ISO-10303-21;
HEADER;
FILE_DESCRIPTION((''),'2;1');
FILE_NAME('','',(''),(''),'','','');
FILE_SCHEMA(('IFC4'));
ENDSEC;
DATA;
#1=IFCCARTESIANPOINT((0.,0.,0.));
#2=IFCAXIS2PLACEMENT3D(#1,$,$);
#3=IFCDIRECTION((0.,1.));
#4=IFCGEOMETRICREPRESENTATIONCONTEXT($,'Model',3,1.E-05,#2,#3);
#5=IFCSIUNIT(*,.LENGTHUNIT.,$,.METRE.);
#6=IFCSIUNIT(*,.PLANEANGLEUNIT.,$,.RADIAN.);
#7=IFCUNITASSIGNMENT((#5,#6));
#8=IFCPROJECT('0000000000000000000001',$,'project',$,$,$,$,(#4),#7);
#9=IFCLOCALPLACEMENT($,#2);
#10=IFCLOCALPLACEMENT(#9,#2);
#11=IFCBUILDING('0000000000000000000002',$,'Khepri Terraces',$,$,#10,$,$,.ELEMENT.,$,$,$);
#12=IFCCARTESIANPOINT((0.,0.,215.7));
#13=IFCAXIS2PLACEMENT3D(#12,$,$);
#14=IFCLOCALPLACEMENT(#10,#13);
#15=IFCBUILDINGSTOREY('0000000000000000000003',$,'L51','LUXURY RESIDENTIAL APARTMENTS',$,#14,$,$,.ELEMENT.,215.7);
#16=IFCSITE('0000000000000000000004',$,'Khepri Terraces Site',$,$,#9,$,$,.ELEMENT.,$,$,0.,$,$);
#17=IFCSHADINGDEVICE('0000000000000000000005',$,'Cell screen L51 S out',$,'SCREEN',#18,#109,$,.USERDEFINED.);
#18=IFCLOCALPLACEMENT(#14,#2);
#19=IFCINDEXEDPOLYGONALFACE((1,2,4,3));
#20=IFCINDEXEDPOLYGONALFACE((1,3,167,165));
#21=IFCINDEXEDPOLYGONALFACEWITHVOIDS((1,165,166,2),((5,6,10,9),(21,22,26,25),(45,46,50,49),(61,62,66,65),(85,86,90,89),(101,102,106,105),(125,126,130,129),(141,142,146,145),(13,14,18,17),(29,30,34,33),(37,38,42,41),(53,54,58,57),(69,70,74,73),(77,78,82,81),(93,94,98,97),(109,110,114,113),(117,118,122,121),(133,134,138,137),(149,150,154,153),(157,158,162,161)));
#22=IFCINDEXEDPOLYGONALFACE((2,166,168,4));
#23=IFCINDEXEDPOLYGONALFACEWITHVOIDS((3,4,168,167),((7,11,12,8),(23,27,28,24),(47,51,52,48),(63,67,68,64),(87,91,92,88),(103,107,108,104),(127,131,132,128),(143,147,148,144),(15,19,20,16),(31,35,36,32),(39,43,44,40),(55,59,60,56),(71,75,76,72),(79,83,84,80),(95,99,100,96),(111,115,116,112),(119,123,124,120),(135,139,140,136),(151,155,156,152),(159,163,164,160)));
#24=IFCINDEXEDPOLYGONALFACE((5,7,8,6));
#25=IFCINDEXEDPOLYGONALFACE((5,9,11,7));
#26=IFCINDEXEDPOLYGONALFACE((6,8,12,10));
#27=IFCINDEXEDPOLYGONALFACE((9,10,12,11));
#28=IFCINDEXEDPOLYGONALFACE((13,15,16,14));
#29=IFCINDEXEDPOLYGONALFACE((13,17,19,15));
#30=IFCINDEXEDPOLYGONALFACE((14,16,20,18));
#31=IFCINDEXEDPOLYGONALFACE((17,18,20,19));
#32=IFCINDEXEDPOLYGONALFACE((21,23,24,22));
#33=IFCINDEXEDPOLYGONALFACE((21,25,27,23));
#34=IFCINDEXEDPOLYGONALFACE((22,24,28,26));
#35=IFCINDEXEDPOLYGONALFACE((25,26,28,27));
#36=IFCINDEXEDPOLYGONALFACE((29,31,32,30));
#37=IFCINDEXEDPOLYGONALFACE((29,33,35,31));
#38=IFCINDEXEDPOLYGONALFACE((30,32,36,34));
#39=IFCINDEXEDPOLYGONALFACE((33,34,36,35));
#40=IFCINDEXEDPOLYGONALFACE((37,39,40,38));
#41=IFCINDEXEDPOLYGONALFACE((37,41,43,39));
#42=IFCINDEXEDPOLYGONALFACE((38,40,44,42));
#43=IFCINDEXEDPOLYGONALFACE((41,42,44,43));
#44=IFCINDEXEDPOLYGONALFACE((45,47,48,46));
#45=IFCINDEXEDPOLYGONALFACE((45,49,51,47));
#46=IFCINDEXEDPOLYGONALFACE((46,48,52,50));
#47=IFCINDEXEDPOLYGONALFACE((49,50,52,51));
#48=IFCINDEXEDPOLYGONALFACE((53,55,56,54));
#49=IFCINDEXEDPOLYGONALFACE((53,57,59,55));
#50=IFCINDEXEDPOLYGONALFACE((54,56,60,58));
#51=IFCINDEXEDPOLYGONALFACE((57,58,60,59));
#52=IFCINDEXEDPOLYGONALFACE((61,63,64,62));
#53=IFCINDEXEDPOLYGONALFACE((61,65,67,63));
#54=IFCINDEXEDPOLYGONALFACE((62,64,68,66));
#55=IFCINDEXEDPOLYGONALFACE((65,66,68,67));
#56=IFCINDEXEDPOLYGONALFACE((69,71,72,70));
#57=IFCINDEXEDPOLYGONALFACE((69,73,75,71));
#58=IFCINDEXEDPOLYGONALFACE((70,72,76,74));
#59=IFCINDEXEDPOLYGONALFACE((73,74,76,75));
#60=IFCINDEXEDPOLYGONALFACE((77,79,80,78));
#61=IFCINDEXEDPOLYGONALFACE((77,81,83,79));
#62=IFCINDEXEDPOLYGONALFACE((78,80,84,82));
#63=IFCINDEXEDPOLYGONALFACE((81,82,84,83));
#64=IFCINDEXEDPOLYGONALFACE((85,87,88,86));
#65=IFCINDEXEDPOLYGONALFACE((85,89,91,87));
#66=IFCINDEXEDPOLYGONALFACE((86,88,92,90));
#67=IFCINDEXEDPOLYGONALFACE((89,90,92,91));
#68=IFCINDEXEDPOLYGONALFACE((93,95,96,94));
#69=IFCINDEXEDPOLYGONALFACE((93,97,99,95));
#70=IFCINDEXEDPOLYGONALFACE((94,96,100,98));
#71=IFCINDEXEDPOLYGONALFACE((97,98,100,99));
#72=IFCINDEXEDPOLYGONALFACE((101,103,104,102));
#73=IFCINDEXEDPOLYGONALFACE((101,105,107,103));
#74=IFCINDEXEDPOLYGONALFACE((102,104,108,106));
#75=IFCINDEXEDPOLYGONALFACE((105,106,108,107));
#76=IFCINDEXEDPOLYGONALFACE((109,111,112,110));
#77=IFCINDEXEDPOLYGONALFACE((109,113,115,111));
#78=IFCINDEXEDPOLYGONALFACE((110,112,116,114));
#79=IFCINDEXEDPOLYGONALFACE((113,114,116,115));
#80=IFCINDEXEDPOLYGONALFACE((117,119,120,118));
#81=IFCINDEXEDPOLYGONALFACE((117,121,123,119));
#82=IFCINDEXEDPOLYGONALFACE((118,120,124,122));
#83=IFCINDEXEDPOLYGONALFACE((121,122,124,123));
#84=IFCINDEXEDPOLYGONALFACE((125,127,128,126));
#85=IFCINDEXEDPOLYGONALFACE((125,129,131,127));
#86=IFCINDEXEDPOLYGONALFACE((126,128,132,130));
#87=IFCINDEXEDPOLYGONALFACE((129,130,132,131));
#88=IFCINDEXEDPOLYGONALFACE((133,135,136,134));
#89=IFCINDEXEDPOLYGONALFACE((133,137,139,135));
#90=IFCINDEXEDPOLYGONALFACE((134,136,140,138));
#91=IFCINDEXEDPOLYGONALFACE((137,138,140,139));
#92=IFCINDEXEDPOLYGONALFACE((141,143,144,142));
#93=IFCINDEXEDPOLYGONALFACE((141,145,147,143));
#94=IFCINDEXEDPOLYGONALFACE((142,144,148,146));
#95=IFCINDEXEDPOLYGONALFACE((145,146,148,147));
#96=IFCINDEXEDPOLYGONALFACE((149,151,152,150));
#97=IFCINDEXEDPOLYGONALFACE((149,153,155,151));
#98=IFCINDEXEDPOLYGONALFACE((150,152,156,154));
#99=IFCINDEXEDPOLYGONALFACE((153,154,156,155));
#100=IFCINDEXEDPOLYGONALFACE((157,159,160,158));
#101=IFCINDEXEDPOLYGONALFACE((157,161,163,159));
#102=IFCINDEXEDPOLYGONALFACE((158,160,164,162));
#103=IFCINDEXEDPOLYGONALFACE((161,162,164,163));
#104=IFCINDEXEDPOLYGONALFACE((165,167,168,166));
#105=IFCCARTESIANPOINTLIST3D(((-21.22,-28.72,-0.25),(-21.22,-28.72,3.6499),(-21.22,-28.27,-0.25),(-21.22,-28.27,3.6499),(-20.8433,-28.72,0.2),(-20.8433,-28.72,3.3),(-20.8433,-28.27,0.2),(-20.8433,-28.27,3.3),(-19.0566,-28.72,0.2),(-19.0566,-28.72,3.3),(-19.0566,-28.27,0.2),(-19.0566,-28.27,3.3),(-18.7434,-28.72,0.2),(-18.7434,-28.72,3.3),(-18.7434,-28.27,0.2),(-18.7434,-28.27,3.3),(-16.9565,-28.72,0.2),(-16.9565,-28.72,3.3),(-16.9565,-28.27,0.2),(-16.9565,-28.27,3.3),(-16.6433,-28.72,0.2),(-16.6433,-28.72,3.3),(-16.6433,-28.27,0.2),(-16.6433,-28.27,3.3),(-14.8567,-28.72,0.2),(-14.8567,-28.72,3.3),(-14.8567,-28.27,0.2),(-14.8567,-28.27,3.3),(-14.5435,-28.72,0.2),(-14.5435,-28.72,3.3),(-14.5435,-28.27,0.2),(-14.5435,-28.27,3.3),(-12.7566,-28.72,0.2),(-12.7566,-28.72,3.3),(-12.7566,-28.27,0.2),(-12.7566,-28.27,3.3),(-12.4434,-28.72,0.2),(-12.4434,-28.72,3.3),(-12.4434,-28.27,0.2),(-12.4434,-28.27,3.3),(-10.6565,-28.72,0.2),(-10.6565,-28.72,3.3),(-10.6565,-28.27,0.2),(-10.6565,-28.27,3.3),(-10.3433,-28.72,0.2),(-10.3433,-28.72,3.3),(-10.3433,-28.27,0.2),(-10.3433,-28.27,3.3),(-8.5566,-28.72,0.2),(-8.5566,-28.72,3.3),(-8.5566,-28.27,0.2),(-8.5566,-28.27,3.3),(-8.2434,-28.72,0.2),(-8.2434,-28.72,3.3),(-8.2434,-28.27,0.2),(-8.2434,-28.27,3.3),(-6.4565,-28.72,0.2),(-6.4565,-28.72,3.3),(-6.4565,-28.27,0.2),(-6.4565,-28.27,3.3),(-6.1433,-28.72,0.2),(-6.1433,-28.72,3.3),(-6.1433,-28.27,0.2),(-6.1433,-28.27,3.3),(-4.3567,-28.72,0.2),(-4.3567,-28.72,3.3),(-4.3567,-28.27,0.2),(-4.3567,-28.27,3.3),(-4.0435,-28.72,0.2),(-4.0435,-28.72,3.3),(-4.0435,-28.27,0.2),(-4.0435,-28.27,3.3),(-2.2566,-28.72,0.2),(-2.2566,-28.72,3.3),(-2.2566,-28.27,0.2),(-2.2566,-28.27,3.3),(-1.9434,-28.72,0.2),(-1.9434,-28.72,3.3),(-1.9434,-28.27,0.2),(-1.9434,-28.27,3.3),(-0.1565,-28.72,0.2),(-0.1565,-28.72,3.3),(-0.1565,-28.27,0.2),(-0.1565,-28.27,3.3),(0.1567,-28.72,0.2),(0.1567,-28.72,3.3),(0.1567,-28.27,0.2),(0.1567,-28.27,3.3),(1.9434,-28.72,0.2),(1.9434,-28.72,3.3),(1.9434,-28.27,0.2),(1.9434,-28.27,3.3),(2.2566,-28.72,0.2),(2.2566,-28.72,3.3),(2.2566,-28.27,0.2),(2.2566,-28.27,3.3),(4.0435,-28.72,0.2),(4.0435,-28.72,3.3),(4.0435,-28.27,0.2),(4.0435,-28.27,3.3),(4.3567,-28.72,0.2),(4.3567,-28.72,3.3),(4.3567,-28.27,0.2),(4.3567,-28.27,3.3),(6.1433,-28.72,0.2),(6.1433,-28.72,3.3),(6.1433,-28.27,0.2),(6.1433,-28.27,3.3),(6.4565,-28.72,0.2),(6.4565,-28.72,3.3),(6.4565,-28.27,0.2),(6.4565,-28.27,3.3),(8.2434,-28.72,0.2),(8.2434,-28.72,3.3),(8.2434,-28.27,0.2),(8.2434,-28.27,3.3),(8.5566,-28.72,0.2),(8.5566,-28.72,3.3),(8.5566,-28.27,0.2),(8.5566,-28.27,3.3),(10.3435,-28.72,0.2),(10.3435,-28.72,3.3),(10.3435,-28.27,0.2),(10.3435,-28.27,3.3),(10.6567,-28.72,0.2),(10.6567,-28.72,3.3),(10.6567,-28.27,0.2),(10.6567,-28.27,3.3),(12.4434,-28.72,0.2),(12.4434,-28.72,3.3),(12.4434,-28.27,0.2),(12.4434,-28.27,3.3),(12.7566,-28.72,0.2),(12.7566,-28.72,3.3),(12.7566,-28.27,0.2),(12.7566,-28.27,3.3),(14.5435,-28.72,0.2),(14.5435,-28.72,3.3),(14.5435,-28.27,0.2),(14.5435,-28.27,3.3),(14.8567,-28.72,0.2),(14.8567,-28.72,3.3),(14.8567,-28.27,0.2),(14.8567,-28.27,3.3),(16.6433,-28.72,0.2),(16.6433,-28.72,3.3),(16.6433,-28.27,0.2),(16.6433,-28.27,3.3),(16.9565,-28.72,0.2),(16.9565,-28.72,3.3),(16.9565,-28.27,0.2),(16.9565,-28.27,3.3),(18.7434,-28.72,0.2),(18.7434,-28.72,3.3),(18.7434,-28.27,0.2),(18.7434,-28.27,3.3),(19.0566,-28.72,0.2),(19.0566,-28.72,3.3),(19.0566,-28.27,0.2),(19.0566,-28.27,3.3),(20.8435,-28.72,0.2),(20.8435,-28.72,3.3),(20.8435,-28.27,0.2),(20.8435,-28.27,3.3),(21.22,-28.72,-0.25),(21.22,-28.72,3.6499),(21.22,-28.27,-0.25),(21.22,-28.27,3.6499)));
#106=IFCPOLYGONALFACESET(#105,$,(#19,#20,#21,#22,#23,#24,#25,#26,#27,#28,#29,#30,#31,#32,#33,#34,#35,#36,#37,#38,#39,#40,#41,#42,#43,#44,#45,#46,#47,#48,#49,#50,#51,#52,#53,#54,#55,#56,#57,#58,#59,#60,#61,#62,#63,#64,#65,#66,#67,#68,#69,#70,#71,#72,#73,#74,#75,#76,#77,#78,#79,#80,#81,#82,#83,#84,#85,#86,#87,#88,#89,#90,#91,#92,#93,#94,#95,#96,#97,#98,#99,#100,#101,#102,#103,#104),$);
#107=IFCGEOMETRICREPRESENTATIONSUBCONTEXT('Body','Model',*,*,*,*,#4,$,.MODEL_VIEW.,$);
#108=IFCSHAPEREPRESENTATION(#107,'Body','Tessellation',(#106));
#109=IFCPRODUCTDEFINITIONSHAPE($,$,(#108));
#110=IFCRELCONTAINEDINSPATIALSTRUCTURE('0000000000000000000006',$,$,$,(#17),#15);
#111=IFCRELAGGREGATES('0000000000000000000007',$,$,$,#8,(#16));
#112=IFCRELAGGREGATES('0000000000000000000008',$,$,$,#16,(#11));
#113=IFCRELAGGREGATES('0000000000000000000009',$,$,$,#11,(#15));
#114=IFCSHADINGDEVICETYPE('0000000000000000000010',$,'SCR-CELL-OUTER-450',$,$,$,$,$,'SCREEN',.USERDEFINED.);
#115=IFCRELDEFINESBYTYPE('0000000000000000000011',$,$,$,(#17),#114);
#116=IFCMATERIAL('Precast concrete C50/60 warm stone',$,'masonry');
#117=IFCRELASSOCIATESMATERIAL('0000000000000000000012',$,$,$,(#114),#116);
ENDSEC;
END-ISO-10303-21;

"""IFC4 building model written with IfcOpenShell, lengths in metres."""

from ifc_helpers import new_model, si_unit, direction, frame, origin, place, context, subcontext, project, spatial, polyline, outline, extrude, material, type_object, element, save


model = new_model("IFC4")

# Units and contexts
model_context = context("Model", 3, precision=1e-05, world=origin(), true_north=direction((0.0, 1.0)))
body_context = subcontext(model_context, "Body", "Model", "MODEL_VIEW")
ifc_project = project(units=[si_unit("LENGTHUNIT", "METRE"), si_unit("PLANEANGLEUNIT", "RADIAN")], contexts=[model_context])

# Site, building, storey
site_placement = place(None, origin())
site = spatial("IfcSite", under=ifc_project, at=site_placement, Name="Khepri Terraces Site", CompositionType="ELEMENT", RefElevation=0.0)
building_placement = place(site_placement, origin())
building = spatial("IfcBuilding", under=site, at=building_placement, Name="Khepri Terraces", CompositionType="ELEMENT")
storey_placement = place(building_placement, frame((0.0, 0.0, 215.7)))
storey = spatial("IfcBuildingStorey", under=building, at=storey_placement, Name="L51", Description="LUXURY RESIDENTIAL APARTMENTS", CompositionType="ELEMENT", Elevation=215.7)

# Shared definitions
ifc_material_1 = material(Name="Precast concrete C50/60 warm stone", Category="masonry")

# Shading device
shading_device_type_1 = type_object("IfcShadingDeviceType", Name="SCR-CELL-OUTER-450", ElementType="SCREEN", PredefinedType="USERDEFINED", material=ifc_material_1)
shading_device_1_placement = place(storey_placement, frame((-21.22, -28.27, -0.25), z_axis=(0.0, -1.0, 0.0), x_axis=(1.0, 0.0, 0.0)))
element("IfcShadingDevice", 1, at=shading_device_1_placement, inside=storey, type_object=shading_device_type_1, Name="Cell screen L51 S out", ObjectType="SCREEN", PredefinedType="USERDEFINED", context=body_context, shape_type="SweptSolid", body=[
    extrude(outline(polyline([(0.0, 0.0), (42.4399, 0.0), (42.4399, 3.8999), (0.0, 3.8999), (0.0, 0.0)]), holes=[polyline([(0.3767, 0.45), (2.1633, 0.45), (2.1633, 3.55), (0.3767, 3.55), (0.3767, 0.45)]), polyline([(2.4766, 0.45), (4.2634, 0.45), (4.2634, 3.55), (2.4766, 3.55), (2.4766, 0.45)]), polyline([(4.5767, 0.45), (6.3633, 0.45), (6.3633, 3.55), (4.5767, 3.55), (4.5767, 0.45)]), polyline([(6.6765, 0.45), (8.4634, 0.45), (8.4634, 3.55), (6.6765, 3.55), (6.6765, 0.45)]), polyline([(8.7766, 0.45), (10.5635, 0.45), (10.5635, 3.55), (8.7766, 3.55), (8.7766, 0.45)]), polyline([(10.8767, 0.45), (12.6633, 0.45), (12.6633, 3.55), (10.8767, 3.55), (10.8767, 0.45)]), polyline([(12.9766, 0.45), (14.7634, 0.45), (14.7634, 3.55), (12.9766, 3.55), (12.9766, 0.45)]), polyline([(15.0767, 0.45), (16.8633, 0.45), (16.8633, 3.55), (15.0767, 3.55), (15.0767, 0.45)]), polyline([(17.1765, 0.45), (18.9634, 0.45), (18.9634, 3.55), (17.1765, 3.55), (17.1765, 0.45)]), polyline([(19.2766, 0.45), (21.0635, 0.45), (21.0635, 3.55), (19.2766, 3.55), (19.2766, 0.45)]), polyline([(21.3767, 0.45), (23.1633, 0.45), (23.1633, 3.55), (21.3767, 3.55), (21.3767, 0.45)]), polyline([(23.4766, 0.45), (25.2634, 0.45), (25.2634, 3.55), (23.4766, 3.55), (23.4766, 0.45)]), polyline([(25.5767, 0.45), (27.3633, 0.45), (27.3633, 3.55), (25.5767, 3.55), (25.5767, 0.45)]), polyline([(27.6765, 0.45), (29.4634, 0.45), (29.4634, 3.55), (27.6765, 3.55), (27.6765, 0.45)]), polyline([(29.7766, 0.45), (31.5635, 0.45), (31.5635, 3.55), (29.7766, 3.55), (29.7766, 0.45)]), polyline([(31.8767, 0.45), (33.6633, 0.45), (33.6633, 3.55), (31.8767, 3.55), (31.8767, 0.45)]), polyline([(33.9766, 0.45), (35.7634, 0.45), (35.7634, 3.55), (33.9766, 3.55), (33.9766, 0.45)]), polyline([(36.0767, 0.45), (37.8633, 0.45), (37.8633, 3.55), (36.0767, 3.55), (36.0767, 0.45)]), polyline([(38.1765, 0.45), (39.9634, 0.45), (39.9634, 3.55), (38.1765, 3.55), (38.1765, 0.45)]), polyline([(40.2766, 0.45), (42.0635, 0.45), (42.0635, 3.55), (40.2766, 3.55), (40.2766, 0.45)])]), origin(), (0.0, 0.0, 1.0), 0.45),
])

save(model, "model.ifc")
